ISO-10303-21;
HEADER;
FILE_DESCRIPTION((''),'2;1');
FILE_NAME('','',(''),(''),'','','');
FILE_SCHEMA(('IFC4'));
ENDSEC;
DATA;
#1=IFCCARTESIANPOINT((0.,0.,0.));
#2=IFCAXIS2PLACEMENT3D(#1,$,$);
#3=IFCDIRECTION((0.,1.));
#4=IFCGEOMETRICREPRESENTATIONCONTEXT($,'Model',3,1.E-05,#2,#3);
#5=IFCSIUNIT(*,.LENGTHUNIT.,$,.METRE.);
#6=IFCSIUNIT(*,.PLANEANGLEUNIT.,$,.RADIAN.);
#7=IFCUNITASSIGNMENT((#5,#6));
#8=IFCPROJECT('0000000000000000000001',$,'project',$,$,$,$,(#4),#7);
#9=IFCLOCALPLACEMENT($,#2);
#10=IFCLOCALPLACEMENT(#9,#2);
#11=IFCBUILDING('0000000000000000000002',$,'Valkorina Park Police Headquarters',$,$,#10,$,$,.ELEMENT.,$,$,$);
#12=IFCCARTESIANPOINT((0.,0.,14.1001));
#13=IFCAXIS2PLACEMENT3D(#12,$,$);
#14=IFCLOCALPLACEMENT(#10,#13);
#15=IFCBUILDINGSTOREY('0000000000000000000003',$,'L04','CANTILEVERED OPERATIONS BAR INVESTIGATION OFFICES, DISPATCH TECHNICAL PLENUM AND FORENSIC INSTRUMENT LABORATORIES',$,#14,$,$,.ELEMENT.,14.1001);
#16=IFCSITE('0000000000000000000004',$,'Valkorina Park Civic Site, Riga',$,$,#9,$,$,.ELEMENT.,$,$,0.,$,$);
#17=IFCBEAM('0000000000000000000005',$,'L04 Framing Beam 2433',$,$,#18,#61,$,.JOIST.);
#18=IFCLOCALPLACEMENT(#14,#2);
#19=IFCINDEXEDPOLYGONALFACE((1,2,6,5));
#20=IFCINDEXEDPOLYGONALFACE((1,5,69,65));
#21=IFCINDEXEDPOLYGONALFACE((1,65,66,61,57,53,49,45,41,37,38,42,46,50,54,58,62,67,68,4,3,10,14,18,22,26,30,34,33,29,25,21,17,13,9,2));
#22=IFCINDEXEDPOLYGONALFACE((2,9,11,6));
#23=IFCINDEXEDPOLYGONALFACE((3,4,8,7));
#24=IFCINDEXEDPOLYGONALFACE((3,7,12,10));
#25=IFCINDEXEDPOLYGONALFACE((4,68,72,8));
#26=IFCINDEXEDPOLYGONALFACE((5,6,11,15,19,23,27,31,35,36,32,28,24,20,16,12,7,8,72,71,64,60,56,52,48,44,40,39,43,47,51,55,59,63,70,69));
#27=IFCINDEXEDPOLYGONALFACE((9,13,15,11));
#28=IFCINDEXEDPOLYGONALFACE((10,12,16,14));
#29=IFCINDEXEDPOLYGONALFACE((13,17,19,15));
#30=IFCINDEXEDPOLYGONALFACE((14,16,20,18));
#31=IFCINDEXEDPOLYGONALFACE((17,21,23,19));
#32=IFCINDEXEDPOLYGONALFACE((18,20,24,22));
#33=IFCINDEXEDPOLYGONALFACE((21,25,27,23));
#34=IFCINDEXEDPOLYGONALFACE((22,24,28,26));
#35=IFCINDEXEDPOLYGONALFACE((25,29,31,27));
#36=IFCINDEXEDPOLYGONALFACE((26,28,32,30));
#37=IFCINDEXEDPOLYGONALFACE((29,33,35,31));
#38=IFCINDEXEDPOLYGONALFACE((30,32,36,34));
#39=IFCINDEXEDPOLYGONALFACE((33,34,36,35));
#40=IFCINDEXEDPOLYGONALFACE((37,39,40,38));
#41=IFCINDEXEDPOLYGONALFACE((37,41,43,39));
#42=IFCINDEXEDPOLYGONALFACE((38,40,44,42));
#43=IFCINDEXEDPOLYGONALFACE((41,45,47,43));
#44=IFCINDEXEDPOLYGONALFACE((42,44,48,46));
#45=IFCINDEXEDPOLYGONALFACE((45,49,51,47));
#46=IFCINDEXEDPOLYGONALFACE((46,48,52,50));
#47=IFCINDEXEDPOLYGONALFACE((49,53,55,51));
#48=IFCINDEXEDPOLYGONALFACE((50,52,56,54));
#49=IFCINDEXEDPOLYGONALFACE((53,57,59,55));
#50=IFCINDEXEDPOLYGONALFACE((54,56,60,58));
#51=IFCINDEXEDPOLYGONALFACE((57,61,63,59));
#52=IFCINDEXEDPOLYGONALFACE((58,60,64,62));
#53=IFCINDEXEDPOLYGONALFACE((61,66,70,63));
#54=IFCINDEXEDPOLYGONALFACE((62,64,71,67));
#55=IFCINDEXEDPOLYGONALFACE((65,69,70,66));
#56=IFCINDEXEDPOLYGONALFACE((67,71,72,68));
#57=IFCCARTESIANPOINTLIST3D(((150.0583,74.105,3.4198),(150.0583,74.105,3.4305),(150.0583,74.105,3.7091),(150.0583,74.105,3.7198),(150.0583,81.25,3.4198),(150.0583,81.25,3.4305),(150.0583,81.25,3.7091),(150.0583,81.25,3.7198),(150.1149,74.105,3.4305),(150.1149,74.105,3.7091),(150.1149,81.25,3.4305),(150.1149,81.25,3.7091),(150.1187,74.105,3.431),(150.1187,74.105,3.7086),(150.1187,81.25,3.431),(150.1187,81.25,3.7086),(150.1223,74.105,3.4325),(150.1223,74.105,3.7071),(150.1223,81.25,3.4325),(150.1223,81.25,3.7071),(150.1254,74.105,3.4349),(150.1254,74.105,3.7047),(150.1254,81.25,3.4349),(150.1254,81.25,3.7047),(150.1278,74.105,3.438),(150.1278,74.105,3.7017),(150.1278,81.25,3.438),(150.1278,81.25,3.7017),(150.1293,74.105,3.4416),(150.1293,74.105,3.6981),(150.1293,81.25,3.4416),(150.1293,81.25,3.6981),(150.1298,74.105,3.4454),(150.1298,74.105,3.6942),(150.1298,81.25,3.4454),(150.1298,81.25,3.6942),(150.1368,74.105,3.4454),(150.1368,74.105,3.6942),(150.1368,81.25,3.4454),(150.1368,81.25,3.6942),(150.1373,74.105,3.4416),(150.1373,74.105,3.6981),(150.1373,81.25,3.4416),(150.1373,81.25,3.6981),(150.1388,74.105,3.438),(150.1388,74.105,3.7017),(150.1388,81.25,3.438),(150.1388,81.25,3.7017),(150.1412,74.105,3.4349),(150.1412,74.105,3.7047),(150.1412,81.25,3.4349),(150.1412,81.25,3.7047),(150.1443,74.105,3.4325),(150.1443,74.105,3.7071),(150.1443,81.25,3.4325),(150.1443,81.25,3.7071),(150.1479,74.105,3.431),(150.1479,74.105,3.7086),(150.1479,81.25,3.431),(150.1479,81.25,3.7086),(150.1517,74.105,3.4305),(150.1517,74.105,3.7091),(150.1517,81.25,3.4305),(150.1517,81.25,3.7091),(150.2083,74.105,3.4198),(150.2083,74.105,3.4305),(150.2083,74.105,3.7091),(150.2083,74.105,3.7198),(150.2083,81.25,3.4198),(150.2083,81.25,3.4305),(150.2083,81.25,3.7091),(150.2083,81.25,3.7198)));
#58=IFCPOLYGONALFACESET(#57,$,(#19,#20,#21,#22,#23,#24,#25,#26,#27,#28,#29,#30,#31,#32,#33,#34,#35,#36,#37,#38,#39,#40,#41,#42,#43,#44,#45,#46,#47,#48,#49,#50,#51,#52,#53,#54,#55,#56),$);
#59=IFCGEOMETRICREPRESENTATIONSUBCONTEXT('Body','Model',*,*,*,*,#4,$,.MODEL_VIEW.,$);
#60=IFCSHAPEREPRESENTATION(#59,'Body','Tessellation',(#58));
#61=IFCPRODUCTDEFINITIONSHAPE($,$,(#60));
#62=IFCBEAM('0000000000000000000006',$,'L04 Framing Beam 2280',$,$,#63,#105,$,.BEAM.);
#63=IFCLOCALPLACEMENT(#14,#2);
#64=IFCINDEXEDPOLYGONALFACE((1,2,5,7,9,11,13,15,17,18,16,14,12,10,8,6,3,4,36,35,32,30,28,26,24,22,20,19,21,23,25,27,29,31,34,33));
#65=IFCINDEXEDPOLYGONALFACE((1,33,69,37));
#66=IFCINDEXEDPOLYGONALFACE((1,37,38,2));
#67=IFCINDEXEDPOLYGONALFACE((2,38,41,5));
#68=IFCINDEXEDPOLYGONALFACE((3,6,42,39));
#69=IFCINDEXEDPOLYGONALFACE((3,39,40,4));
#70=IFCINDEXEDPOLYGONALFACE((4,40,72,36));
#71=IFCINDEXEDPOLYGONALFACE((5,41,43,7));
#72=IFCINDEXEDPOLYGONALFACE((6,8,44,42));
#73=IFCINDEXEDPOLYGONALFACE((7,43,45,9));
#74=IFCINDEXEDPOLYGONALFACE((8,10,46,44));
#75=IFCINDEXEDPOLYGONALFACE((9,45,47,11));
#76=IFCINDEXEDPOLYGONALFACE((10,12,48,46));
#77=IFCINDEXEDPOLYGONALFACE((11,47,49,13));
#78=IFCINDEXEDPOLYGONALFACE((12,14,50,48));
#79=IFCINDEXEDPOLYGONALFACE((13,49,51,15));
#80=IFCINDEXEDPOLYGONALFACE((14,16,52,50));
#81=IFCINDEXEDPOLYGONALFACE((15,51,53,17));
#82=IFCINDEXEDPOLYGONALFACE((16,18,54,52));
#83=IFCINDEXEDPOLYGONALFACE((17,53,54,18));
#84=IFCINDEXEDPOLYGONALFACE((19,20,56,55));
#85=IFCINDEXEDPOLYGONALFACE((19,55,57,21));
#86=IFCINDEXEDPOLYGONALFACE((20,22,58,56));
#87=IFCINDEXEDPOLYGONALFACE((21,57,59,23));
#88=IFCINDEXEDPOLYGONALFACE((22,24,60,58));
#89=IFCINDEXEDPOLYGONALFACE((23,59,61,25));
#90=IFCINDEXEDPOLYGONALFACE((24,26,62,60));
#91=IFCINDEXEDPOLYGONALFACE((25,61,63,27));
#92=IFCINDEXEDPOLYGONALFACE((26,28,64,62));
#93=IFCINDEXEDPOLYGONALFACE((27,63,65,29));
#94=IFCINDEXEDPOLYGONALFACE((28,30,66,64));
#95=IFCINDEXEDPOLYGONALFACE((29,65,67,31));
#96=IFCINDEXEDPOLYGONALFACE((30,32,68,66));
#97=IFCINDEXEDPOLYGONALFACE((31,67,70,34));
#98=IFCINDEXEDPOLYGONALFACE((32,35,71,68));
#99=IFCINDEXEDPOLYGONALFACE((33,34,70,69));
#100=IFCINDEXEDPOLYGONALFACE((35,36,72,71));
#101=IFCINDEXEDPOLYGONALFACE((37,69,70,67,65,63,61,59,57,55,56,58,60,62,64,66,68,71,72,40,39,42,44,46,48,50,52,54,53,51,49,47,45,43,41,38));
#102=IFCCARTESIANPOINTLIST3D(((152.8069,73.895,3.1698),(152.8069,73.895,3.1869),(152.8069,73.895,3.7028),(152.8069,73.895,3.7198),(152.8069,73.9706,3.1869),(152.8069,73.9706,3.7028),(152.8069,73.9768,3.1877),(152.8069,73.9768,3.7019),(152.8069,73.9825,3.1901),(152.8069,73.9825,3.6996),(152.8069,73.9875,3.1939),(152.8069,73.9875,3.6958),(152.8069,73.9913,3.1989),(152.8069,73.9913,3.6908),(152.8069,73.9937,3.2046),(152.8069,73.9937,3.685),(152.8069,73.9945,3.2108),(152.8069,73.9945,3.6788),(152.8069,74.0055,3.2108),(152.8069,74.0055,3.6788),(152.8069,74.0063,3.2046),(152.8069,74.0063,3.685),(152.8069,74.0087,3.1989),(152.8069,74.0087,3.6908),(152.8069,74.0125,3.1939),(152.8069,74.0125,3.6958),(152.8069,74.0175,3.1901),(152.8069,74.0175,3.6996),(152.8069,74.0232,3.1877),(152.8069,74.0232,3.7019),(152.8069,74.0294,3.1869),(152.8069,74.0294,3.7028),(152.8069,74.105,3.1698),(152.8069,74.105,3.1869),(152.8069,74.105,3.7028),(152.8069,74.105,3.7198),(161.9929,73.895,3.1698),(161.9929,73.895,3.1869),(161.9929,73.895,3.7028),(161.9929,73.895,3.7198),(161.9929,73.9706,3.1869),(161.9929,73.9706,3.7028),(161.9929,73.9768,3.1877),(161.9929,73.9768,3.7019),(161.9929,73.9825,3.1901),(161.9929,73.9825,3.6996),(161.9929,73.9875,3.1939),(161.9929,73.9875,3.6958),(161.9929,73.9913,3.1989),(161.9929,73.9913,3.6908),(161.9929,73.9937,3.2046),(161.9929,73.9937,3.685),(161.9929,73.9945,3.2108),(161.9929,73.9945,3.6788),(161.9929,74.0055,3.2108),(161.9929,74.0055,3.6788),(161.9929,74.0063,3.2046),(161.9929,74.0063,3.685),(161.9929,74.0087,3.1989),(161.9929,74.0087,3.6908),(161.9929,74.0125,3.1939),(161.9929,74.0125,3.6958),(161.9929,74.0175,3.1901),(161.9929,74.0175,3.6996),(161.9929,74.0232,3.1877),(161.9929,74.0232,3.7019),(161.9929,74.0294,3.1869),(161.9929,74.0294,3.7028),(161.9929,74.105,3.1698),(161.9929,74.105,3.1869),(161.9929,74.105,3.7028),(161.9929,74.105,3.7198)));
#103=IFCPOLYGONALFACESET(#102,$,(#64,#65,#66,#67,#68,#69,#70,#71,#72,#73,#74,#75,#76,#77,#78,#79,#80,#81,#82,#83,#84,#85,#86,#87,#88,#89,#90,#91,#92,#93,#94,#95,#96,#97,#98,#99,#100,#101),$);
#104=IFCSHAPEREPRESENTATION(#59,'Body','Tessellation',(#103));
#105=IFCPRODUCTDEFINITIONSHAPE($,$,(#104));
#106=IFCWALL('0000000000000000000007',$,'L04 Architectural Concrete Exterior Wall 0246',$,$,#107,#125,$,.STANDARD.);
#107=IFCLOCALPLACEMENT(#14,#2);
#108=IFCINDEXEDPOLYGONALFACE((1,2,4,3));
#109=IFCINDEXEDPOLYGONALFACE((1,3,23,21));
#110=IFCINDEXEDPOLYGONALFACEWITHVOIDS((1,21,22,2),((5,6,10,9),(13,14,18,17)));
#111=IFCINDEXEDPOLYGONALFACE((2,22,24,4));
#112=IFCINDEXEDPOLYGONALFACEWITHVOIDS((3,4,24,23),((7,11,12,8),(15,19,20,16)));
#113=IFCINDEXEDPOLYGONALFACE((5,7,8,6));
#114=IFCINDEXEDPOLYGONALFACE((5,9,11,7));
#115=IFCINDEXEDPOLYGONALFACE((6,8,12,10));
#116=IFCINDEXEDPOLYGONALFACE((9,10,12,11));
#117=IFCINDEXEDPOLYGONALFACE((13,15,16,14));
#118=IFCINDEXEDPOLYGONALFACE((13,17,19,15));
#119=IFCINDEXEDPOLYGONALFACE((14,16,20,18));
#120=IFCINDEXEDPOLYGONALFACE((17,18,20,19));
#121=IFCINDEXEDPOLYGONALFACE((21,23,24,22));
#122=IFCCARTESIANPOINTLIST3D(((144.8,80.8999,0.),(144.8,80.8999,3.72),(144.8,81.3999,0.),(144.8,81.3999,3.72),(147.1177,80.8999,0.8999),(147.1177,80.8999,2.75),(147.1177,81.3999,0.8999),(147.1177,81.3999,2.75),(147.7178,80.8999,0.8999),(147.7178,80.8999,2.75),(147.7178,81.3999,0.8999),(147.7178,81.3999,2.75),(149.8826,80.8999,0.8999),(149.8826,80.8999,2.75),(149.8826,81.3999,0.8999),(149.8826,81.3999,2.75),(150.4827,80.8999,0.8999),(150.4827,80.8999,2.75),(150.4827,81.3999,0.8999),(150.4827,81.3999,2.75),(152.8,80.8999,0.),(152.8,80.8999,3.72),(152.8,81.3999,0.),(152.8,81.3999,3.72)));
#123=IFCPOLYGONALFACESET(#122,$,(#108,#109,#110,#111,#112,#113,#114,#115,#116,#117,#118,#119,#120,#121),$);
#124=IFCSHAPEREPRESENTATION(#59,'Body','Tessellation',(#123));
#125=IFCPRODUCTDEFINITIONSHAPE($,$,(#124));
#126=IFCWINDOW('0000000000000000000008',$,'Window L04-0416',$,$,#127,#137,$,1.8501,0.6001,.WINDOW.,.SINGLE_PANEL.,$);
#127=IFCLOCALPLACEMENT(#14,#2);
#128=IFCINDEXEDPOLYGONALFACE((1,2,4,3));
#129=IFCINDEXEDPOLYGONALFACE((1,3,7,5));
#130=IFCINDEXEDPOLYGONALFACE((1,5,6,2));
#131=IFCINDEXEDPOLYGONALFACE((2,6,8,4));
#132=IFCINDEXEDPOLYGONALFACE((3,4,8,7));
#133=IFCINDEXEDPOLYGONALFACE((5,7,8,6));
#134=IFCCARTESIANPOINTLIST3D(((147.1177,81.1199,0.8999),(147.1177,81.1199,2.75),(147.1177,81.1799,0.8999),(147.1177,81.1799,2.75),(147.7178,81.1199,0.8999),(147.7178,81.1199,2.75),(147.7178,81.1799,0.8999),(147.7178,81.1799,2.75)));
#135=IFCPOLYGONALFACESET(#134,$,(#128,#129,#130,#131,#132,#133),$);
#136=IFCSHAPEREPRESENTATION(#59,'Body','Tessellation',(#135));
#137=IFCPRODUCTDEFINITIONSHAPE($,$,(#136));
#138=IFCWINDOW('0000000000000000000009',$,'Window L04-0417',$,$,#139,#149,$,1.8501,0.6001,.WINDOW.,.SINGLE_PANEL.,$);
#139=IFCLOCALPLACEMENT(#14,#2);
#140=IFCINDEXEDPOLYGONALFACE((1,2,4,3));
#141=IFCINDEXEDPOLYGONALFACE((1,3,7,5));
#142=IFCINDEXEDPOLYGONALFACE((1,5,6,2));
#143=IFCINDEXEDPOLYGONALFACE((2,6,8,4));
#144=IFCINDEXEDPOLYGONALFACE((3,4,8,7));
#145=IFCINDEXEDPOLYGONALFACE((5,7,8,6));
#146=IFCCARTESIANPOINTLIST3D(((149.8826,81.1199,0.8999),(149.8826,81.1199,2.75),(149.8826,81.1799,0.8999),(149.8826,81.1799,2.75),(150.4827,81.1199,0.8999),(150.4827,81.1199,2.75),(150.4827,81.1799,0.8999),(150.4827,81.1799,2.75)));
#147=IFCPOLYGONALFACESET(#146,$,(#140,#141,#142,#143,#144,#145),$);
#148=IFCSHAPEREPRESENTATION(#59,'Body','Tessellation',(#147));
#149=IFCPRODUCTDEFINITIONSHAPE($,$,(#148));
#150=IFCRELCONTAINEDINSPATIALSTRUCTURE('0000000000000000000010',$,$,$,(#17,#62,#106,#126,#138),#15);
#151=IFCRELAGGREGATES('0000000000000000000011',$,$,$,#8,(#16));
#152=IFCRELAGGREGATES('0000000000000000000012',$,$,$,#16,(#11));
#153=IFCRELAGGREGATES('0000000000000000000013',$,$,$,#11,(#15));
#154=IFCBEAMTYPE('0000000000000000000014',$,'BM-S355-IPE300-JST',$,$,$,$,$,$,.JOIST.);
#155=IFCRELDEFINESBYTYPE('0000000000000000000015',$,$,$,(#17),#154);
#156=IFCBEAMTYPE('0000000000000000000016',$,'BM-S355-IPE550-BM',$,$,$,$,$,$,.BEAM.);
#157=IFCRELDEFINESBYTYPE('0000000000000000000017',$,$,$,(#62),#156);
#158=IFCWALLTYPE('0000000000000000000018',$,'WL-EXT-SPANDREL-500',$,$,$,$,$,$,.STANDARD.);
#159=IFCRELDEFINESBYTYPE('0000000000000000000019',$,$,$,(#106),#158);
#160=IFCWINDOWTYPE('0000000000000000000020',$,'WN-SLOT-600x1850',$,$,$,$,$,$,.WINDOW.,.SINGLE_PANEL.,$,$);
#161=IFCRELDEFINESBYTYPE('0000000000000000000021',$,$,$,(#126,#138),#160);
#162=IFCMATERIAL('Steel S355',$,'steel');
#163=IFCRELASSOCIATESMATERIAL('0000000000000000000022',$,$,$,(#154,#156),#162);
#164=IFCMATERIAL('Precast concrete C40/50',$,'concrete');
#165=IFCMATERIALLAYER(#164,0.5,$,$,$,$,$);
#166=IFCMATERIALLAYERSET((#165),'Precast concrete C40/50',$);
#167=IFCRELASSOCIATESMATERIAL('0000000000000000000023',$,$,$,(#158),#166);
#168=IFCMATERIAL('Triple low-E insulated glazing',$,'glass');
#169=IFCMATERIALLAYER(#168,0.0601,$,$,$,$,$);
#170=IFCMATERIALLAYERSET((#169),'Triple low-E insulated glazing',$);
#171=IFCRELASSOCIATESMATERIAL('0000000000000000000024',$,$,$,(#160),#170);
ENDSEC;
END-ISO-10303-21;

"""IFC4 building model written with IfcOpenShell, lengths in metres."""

from ifc_helpers import new_model, si_unit, direction, frame, frame_2d, origin, origin_2d, place, context, subcontext, project, spatial, rectangle, i_section, extrude, material, layer, layer_set, material_profile, profile_set, type_object, element, fill, save


model = new_model("IFC4")

# Units and contexts
model_context = context("Model", 3, precision=1e-05, world=origin(), true_north=direction((0.0, 1.0)))
body_context = subcontext(model_context, "Body", "Model", "MODEL_VIEW")
ifc_project = project(units=[si_unit("LENGTHUNIT", "METRE"), si_unit("PLANEANGLEUNIT", "RADIAN")], contexts=[model_context])

# Site, building, storey
site_placement = place(None, origin())
site = spatial("IfcSite", under=ifc_project, at=site_placement, Name="Valkorina Park Civic Site, Riga", CompositionType="ELEMENT", RefElevation=0.0)
building_placement = place(site_placement, origin())
building = spatial("IfcBuilding", under=site, at=building_placement, Name="Valkorina Park Police Headquarters", CompositionType="ELEMENT")
storey_placement = place(building_placement, frame((0.0, 0.0, 14.1001)))
storey = spatial("IfcBuildingStorey", under=building, at=storey_placement, Name="L04", Description="CANTILEVERED OPERATIONS BAR INVESTIGATION OFFICES, DISPATCH TECHNICAL PLENUM AND FORENSIC INSTRUMENT LABORATORIES", CompositionType="ELEMENT", Elevation=14.1001)

# Shared definitions
ifc_material_1 = material(Name="Steel S355", Category="steel")

# Beams
ifc_material_profile_1 = material_profile(ifc_material_1, i_section(OverallWidth=0.1499, OverallDepth=0.3, WebThickness=0.0071, FlangeThickness=0.0107, FilletRadius=0.0149, at=origin_2d()), Name="IPE 300")
ifc_profile_set_1 = profile_set([ifc_material_profile_1], Name="Steel S355")
beam_type_1 = type_object("IfcBeamType", Name="BM-S355-IPE300-JST", PredefinedType="JOIST", material=ifc_profile_set_1)
for number, where, z_axis, x_axis, name in (
    (1, (150.1333, 74.105, 3.5698), (0.0, 1.0, 0.0), (-1.0, 0.0, 0.0), "L04 Framing Beam 2433"),
):
    element("IfcBeam", number, at=place(storey_placement, frame(where, z_axis=z_axis, x_axis=x_axis)), inside=storey, type_object=beam_type_1, Name=name, PredefinedType="JOIST", context=body_context, shape_type="SweptSolid", body=[
        extrude(i_section(OverallWidth=0.1499, OverallDepth=0.3, WebThickness=0.0071, FlangeThickness=0.0107, FilletRadius=0.0149, at=origin_2d()), origin(), (0.0, 0.0, 1.0), 7.145),
    ])
ifc_material_profile_2 = material_profile(ifc_material_1, i_section(OverallWidth=0.21, OverallDepth=0.55, WebThickness=0.011, FlangeThickness=0.0171, FilletRadius=0.0239, at=origin_2d()), Name="IPE 550")
ifc_profile_set_2 = profile_set([ifc_material_profile_2], Name="Steel S355")
beam_type_2 = type_object("IfcBeamType", Name="BM-S355-IPE550-BM", PredefinedType="BEAM", material=ifc_profile_set_2)
beam_1_placement = place(storey_placement, frame((152.8069, 74.0, 3.4448), z_axis=(1.0, 0.0, 0.0), x_axis=(0.0, 1.0, 0.0)))
element("IfcBeam", 2, at=beam_1_placement, inside=storey, type_object=beam_type_2, Name="L04 Framing Beam 2280", PredefinedType="BEAM", context=body_context, shape_type="SweptSolid", body=[
    extrude(i_section(OverallWidth=0.21, OverallDepth=0.55, WebThickness=0.011, FlangeThickness=0.0171, FilletRadius=0.0239, at=origin_2d()), origin(), (0.0, 0.0, 1.0), 9.186),
])

# Wall, openings, windows
ifc_material_2 = material(Name="Precast concrete C40/50", Category="concrete")
ifc_layer_1 = layer(ifc_material_2, 0.5)
ifc_layer_set_1 = layer_set([ifc_layer_1], Name="Precast concrete C40/50")
wall_type = type_object("IfcWallType", Name="WL-EXT-SPANDREL-500", PredefinedType="STANDARD", material=ifc_layer_set_1)
wall_1_placement = place(storey_placement, frame((144.8, 81.1499, 0.0), z_axis=(0.0, 0.0, 1.0), x_axis=(1.0, 0.0, 0.0)))
wall_1 = element("IfcWall", 3, at=wall_1_placement, inside=storey, type_object=wall_type, Name="L04 Architectural Concrete Exterior Wall 0246", PredefinedType="STANDARD", context=body_context, shape_type="SweptSolid", body=[
    extrude(rectangle(XDim=8.0, YDim=0.5, at=frame_2d((4.0, 0.0))), origin(), (0.0, 0.0, 1.0), 3.72),
])
opening_1_placement = place(wall_1_placement, frame((2.3176, 0.0, 0.8999)))
opening_1 = element("IfcOpeningElement", 4, at=opening_1_placement, cuts=wall_1, PredefinedType="OPENING", context=body_context, shape_type="SweptSolid", body=[
    extrude(rectangle(XDim=0.6001, YDim=1.8501, at=frame_2d((0.3, 0.925))), frame((0.0, 0.26, 0.0), z_axis=(0.0, -1.0, 0.0), x_axis=(1.0, 0.0, 0.0)), (0.0, 0.0, 1.0), 0.52),
])
opening_2_placement = place(wall_1_placement, frame((5.0825, 0.0, 0.8999)))
opening_2 = element("IfcOpeningElement", 5, at=opening_2_placement, cuts=wall_1, PredefinedType="OPENING", context=body_context, shape_type="SweptSolid", body=[
    extrude(rectangle(XDim=0.6001, YDim=1.8501, at=frame_2d((0.3, 0.925))), frame((0.0, 0.26, 0.0), z_axis=(0.0, -1.0, 0.0), x_axis=(1.0, 0.0, 0.0)), (0.0, 0.0, 1.0), 0.52),
])
ifc_material_3 = material(Name="Triple low-E insulated glazing", Category="glass")
ifc_layer_2 = layer(ifc_material_3, 0.0601)
ifc_layer_set_2 = layer_set([ifc_layer_2], Name="Triple low-E insulated glazing")
window_type_1 = type_object("IfcWindowType", Name="WN-SLOT-600x1850", PartitioningType="SINGLE_PANEL", PredefinedType="WINDOW", material=ifc_layer_set_2)
window_1_placement = place(opening_1_placement, origin())
window_1 = element("IfcWindow", 6, at=window_1_placement, inside=storey, type_object=window_type_1, Name="Window L04-0416", OverallHeight=1.8501, OverallWidth=0.6001, PartitioningType="SINGLE_PANEL", PredefinedType="WINDOW", context=body_context, shape_type="SweptSolid", body=[
    extrude(rectangle(XDim=0.6001, YDim=1.8501, at=frame_2d((0.3, 0.925))), frame((0.0, 0.03, 0.0), z_axis=(0.0, -1.0, 0.0), x_axis=(1.0, 0.0, 0.0)), (0.0, 0.0, 1.0), 0.0601),
])
fill(opening_1, window_1)
window_2_placement = place(opening_2_placement, origin())
window_2 = element("IfcWindow", 7, at=window_2_placement, inside=storey, type_object=window_type_1, Name="Window L04-0417", OverallHeight=1.8501, OverallWidth=0.6001, PartitioningType="SINGLE_PANEL", PredefinedType="WINDOW", context=body_context, shape_type="SweptSolid", body=[
    extrude(rectangle(XDim=0.6001, YDim=1.8501, at=frame_2d((0.3, 0.925))), frame((0.0, 0.03, 0.0), z_axis=(0.0, -1.0, 0.0), x_axis=(1.0, 0.0, 0.0)), (0.0, 0.0, 1.0), 0.0601),
])
fill(opening_2, window_2)

save(model, "model.ifc")
